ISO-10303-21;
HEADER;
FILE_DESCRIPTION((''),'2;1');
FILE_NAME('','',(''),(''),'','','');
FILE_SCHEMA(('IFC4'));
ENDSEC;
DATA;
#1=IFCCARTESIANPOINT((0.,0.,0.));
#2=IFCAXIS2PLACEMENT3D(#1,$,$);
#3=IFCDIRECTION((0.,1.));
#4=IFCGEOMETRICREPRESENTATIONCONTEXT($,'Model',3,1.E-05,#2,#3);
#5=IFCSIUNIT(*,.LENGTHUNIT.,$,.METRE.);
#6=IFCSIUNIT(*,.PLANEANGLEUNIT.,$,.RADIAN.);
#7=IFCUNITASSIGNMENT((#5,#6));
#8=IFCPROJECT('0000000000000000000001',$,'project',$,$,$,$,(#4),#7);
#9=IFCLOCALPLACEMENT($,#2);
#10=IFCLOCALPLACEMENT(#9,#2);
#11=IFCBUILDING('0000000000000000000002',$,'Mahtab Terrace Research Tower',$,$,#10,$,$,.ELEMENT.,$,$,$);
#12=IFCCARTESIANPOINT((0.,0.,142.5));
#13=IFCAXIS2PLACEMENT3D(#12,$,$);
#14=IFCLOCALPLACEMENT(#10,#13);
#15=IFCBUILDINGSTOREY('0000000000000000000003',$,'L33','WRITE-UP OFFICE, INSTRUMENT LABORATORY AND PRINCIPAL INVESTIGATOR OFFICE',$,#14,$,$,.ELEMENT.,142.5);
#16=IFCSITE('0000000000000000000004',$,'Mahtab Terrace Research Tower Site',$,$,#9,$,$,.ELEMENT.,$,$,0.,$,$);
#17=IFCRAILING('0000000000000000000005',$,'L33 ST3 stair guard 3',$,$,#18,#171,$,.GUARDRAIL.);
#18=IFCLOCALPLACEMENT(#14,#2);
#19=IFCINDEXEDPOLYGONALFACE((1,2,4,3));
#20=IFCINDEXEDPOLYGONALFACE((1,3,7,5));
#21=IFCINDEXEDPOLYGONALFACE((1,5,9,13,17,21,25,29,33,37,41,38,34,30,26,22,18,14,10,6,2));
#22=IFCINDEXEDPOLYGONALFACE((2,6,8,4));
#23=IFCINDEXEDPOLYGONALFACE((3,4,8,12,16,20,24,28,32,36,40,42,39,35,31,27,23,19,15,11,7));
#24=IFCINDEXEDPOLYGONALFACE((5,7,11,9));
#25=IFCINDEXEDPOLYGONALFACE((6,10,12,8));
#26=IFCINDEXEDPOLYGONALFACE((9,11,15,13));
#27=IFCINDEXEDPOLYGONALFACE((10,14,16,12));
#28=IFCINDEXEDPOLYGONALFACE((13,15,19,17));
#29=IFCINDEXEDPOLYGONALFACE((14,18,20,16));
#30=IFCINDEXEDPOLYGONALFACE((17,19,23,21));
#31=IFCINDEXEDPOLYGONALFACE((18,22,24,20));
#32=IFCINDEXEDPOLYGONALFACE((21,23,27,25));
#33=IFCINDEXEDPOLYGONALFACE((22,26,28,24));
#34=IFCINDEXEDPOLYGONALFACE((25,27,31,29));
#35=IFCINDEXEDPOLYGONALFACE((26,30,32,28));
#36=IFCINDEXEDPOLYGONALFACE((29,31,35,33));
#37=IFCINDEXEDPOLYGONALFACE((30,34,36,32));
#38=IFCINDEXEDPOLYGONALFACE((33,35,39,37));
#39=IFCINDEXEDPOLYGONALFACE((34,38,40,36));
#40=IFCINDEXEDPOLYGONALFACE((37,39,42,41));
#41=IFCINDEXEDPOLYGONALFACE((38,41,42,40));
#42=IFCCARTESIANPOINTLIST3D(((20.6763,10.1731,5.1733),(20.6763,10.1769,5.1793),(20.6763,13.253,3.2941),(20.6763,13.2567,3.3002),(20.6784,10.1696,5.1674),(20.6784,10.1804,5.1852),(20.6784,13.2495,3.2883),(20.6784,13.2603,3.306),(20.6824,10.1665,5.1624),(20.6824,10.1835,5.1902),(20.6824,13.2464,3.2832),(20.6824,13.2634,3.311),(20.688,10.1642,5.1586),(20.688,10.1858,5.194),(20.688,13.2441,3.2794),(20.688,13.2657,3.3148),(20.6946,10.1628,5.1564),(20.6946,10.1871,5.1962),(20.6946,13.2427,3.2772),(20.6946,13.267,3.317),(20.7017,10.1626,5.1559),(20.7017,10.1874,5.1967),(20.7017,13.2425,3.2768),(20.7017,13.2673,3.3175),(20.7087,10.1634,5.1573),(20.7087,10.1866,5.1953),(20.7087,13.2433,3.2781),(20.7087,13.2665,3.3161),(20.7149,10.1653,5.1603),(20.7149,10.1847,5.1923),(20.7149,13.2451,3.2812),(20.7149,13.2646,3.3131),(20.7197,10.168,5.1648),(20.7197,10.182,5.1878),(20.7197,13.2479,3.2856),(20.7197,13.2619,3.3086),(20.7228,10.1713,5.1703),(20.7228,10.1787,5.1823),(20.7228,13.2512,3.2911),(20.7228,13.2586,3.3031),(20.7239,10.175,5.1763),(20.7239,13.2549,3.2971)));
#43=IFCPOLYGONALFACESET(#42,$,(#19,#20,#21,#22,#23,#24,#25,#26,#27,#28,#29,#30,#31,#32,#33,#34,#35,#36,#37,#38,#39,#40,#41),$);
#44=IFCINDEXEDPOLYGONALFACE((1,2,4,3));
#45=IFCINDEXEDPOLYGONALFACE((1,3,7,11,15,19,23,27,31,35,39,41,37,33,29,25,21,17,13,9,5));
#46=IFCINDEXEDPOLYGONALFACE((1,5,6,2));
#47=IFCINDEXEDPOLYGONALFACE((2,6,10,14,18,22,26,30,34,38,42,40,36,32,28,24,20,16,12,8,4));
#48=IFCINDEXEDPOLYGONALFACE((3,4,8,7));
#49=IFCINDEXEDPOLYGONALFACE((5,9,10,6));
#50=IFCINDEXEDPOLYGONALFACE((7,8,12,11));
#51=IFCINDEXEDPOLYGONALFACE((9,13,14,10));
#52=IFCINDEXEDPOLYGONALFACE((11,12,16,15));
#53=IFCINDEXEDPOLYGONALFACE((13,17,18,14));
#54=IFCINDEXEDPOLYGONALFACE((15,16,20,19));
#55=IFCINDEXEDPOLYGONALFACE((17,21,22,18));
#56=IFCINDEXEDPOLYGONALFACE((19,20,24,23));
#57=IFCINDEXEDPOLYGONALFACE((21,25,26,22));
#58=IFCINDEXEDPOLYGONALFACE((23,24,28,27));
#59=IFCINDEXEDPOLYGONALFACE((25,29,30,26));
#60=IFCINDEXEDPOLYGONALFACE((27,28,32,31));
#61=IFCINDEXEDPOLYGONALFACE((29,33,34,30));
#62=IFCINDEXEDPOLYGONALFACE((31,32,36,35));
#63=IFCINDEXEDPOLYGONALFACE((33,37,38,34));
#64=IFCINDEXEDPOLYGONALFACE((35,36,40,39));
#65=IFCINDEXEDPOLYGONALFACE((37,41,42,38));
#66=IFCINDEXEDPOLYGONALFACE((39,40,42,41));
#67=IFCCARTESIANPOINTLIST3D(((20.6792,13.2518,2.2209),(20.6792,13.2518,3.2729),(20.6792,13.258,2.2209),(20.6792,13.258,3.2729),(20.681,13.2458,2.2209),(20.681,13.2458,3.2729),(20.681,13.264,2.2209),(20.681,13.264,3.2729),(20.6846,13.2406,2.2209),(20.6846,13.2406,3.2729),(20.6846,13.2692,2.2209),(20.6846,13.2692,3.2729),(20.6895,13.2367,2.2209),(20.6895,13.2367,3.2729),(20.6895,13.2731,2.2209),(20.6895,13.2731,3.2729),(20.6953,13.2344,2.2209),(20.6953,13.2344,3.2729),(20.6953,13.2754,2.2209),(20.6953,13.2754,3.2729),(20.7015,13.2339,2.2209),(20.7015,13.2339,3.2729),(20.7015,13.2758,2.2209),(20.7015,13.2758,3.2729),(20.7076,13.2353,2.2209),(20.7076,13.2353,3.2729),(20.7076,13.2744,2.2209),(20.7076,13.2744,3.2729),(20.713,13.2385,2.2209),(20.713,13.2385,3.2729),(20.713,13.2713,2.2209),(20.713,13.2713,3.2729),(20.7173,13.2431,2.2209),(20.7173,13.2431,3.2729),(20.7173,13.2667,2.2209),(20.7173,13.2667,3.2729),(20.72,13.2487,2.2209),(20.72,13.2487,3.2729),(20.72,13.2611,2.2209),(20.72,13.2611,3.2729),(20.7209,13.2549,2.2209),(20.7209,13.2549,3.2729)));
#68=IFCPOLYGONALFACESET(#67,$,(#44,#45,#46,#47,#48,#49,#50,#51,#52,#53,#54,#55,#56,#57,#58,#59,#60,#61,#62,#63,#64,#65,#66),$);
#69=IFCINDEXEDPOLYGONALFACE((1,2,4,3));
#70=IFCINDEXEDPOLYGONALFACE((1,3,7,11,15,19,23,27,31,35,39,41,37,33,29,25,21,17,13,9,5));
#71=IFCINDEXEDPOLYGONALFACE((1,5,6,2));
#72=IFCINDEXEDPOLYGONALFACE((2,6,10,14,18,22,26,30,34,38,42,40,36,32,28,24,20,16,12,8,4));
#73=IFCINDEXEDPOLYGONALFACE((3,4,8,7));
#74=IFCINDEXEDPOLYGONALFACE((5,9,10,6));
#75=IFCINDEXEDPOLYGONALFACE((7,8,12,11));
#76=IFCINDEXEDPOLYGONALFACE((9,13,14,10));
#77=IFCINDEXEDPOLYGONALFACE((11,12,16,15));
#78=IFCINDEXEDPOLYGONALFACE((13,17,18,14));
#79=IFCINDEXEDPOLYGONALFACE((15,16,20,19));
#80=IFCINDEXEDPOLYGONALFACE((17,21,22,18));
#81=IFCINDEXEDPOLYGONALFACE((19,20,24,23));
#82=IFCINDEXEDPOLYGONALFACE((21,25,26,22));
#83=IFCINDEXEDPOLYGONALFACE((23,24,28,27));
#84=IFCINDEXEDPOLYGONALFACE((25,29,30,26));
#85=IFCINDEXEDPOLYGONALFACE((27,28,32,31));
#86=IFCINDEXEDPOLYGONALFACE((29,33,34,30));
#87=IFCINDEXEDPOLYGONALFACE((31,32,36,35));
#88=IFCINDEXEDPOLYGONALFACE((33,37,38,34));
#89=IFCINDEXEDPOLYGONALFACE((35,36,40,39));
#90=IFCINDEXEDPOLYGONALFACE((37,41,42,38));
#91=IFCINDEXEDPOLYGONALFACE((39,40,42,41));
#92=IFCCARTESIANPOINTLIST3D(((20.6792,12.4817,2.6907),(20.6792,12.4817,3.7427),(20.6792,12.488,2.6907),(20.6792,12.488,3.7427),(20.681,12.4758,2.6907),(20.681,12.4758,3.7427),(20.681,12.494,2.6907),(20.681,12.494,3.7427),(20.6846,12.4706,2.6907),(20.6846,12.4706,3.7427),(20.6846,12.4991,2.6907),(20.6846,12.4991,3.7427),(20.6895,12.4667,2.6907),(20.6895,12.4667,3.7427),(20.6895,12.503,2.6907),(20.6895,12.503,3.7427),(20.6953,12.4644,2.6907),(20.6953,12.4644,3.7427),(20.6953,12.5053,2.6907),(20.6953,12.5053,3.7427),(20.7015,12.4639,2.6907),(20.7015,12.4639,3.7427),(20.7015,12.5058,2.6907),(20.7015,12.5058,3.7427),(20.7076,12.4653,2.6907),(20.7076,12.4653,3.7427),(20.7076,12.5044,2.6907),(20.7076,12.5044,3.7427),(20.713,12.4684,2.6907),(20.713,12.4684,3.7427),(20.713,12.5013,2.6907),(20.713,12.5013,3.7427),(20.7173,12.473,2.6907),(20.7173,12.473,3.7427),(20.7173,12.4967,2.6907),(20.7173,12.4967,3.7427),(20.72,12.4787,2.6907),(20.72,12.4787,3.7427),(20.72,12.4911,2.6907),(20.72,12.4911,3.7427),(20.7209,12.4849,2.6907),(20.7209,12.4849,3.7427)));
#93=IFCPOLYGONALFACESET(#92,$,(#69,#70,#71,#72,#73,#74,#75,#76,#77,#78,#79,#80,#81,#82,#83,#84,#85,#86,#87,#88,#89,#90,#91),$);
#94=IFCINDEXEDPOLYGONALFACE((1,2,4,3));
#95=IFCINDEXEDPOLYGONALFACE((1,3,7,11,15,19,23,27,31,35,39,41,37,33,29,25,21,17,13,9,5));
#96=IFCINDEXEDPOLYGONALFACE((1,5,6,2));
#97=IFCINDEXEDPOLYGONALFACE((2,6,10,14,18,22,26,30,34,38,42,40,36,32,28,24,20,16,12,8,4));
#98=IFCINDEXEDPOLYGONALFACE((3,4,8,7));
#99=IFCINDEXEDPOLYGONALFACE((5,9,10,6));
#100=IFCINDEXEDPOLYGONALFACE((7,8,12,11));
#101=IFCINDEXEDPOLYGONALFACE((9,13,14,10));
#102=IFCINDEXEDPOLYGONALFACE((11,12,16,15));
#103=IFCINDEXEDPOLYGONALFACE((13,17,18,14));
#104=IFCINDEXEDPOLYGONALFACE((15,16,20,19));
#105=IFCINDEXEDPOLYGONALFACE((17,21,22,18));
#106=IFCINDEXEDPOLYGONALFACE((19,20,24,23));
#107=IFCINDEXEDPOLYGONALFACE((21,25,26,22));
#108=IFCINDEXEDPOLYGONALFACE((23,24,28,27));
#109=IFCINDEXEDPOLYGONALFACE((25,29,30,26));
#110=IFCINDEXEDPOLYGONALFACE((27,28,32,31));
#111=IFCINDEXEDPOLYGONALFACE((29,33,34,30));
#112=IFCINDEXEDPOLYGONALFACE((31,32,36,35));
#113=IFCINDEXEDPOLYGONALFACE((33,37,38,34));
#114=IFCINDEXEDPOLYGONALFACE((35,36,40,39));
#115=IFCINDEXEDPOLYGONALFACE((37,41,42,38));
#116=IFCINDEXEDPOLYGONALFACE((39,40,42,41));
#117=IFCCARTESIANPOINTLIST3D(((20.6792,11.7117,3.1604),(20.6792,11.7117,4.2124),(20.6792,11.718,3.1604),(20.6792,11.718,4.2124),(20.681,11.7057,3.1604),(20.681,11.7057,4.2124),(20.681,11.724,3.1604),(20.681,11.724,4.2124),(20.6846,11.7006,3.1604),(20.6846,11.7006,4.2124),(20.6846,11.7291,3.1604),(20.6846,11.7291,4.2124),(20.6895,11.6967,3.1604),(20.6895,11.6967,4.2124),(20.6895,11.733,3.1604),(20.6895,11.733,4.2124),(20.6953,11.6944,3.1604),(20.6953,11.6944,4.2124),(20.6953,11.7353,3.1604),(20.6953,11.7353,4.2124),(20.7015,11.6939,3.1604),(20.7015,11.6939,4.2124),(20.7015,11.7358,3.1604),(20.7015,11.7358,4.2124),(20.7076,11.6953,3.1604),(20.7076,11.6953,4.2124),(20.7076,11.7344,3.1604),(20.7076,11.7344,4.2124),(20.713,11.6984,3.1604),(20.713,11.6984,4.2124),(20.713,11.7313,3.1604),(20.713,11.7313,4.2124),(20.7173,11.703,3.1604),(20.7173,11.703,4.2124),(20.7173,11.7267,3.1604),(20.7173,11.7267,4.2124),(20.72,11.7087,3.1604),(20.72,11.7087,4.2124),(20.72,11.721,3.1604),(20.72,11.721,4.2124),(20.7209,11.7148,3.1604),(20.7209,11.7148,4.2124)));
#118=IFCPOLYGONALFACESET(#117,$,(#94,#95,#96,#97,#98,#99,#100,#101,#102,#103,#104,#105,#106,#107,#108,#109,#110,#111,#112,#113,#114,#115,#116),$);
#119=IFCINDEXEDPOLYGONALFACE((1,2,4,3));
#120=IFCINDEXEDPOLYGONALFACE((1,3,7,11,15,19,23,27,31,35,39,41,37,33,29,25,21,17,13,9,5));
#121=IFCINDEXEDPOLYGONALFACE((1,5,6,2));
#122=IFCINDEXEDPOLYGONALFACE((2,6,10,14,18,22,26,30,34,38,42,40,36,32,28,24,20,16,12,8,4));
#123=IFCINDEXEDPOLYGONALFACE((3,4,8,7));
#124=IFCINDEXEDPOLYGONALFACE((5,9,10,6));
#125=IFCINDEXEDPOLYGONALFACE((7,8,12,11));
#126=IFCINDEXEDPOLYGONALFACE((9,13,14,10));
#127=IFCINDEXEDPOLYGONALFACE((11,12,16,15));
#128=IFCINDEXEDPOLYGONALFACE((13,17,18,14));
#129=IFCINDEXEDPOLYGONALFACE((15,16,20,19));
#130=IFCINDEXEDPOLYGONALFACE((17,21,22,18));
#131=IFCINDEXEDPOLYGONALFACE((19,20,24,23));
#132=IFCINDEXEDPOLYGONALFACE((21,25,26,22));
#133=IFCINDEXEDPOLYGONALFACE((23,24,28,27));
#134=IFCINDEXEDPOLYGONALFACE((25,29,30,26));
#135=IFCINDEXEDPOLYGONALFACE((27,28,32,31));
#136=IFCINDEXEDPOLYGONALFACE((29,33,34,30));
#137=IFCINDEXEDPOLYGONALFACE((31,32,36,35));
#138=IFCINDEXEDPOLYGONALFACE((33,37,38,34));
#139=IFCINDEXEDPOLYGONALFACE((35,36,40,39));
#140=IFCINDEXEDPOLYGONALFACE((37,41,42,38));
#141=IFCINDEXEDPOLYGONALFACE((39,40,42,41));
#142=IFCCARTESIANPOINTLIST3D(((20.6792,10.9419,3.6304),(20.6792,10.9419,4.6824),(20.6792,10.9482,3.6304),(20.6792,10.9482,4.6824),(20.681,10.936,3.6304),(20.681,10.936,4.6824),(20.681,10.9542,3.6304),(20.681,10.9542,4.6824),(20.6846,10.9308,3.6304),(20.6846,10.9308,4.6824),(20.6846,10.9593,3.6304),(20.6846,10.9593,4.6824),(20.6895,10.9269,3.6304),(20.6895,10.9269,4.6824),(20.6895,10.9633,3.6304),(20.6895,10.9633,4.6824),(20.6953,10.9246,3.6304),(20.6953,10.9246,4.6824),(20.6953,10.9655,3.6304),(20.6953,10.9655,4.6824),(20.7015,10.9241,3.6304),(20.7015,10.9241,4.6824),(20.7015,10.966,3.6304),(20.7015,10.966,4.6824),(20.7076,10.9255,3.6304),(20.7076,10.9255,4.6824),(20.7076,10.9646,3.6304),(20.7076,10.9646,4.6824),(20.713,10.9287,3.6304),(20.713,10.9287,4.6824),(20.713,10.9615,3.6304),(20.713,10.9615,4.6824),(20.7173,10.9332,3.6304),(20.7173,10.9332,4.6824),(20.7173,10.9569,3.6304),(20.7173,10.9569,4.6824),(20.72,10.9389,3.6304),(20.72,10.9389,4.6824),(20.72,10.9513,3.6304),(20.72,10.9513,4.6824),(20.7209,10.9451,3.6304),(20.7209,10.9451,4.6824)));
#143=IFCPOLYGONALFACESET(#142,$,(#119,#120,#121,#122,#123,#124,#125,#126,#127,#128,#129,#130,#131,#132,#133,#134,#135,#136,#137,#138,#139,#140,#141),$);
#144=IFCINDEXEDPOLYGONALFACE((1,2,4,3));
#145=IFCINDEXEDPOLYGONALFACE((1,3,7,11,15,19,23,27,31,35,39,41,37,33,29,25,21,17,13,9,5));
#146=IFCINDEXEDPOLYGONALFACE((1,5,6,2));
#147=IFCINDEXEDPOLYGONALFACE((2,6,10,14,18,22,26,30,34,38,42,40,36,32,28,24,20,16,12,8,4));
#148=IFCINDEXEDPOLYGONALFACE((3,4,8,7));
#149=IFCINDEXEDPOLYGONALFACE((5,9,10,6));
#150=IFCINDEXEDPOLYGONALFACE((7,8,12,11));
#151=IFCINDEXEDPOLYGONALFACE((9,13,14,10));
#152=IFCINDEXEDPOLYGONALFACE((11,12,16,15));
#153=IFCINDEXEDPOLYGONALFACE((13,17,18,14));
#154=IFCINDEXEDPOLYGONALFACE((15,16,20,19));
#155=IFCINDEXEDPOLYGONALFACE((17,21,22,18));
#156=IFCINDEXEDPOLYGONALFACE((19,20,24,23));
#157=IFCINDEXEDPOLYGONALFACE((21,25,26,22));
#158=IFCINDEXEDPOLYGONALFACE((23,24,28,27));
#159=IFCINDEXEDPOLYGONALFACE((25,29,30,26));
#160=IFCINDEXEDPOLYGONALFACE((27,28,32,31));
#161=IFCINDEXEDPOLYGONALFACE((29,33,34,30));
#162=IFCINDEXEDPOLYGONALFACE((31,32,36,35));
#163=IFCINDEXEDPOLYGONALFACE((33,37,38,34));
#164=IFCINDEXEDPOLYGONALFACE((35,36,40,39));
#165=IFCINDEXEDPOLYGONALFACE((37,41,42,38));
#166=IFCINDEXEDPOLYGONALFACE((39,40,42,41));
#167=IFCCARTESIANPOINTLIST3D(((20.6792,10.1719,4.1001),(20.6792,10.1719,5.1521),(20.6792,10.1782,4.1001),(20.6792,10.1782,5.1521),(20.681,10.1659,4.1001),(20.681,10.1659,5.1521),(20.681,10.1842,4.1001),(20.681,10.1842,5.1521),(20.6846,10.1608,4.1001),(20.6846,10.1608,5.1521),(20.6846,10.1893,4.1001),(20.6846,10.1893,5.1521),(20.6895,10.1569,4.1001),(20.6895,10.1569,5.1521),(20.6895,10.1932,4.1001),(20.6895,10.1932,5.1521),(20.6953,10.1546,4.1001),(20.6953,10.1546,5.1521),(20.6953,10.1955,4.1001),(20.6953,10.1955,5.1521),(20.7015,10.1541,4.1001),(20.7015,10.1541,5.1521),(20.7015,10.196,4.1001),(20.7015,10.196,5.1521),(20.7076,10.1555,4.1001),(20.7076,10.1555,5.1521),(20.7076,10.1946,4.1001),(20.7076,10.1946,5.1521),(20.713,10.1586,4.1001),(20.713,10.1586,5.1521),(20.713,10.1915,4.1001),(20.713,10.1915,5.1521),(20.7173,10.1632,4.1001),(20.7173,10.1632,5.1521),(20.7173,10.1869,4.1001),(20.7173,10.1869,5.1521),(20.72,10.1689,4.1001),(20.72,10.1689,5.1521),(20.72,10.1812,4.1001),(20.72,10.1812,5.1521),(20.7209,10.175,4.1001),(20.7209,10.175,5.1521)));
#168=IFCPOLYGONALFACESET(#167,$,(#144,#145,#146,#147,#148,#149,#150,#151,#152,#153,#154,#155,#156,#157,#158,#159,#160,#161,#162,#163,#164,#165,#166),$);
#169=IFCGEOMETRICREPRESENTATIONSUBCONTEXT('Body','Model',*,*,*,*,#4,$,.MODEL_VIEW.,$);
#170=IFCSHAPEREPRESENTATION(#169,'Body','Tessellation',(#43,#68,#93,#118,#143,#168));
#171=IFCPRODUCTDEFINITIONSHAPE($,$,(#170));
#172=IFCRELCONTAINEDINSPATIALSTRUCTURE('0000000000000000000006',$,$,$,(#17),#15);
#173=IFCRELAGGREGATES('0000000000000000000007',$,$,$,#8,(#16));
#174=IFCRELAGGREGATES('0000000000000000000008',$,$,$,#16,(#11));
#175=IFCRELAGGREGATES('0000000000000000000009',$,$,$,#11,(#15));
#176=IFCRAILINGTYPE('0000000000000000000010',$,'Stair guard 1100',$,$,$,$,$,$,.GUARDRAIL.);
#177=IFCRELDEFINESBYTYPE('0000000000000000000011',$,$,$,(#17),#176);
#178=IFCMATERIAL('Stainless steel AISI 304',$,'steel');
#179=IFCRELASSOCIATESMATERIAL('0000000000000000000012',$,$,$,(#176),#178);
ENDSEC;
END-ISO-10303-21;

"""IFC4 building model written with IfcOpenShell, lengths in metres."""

from ifc_helpers import new_model, si_unit, direction, frame, origin, origin_2d, place, context, subcontext, project, spatial, circle, extrude, material, type_object, element, save


model = new_model("IFC4")

# Units and contexts
model_context = context("Model", 3, precision=1e-05, world=origin(), true_north=direction((0.0, 1.0)))
body_context = subcontext(model_context, "Body", "Model", "MODEL_VIEW")
ifc_project = project(units=[si_unit("LENGTHUNIT", "METRE"), si_unit("PLANEANGLEUNIT", "RADIAN")], contexts=[model_context])

# Site, building, storey
site_placement = place(None, origin())
site = spatial("IfcSite", under=ifc_project, at=site_placement, Name="Mahtab Terrace Research Tower Site", CompositionType="ELEMENT", RefElevation=0.0)
building_placement = place(site_placement, origin())
building = spatial("IfcBuilding", under=site, at=building_placement, Name="Mahtab Terrace Research Tower", CompositionType="ELEMENT")
storey_placement = place(building_placement, frame((0.0, 0.0, 142.5)))
storey = spatial("IfcBuildingStorey", under=building, at=storey_placement, Name="L33", Description="WRITE-UP OFFICE, INSTRUMENT LABORATORY AND PRINCIPAL INVESTIGATOR OFFICE", CompositionType="ELEMENT", Elevation=142.5)

# Railing
ifc_material_1 = material(Name="Stainless steel AISI 304", Category="steel")
railing_type_1 = type_object("IfcRailingType", Name="Stair guard 1100", PredefinedType="GUARDRAIL", material=ifc_material_1)
railing_1_placement = place(storey_placement, frame((20.7, 13.2549, 2.2209)))
element("IfcRailing", 1, at=railing_1_placement, inside=storey, type_object=railing_type_1, Name="L33 ST3 stair guard 3", PredefinedType="GUARDRAIL", context=body_context, shape_type="SweptSolid", body=[
    extrude(circle(Radius=0.0239, at=origin_2d()), frame((0.0, 0.0, 1.0762), z_axis=(0.0, -0.853648, 0.52085), x_axis=(1.0, 0.0, 0.0)), (0.0, 0.0, 1.0), 3.6079),
    extrude(circle(Radius=0.021, at=origin_2d()), origin(), (0.0, 0.0, 1.0), 1.052),
    extrude(circle(Radius=0.021, at=origin_2d()), frame((0.0, -0.77, 0.4697)), (0.0, 0.0, 1.0), 1.052),
    extrude(circle(Radius=0.021, at=origin_2d()), frame((0.0, -1.54, 0.9395)), (0.0, 0.0, 1.0), 1.052),
    extrude(circle(Radius=0.021, at=origin_2d()), frame((0.0, -2.3098, 1.4094)), (0.0, 0.0, 1.0), 1.052),
    extrude(circle(Radius=0.021, at=origin_2d()), frame((0.0, -3.0798, 1.8792)), (0.0, 0.0, 1.0), 1.052),
])

save(model, "model.ifc")
